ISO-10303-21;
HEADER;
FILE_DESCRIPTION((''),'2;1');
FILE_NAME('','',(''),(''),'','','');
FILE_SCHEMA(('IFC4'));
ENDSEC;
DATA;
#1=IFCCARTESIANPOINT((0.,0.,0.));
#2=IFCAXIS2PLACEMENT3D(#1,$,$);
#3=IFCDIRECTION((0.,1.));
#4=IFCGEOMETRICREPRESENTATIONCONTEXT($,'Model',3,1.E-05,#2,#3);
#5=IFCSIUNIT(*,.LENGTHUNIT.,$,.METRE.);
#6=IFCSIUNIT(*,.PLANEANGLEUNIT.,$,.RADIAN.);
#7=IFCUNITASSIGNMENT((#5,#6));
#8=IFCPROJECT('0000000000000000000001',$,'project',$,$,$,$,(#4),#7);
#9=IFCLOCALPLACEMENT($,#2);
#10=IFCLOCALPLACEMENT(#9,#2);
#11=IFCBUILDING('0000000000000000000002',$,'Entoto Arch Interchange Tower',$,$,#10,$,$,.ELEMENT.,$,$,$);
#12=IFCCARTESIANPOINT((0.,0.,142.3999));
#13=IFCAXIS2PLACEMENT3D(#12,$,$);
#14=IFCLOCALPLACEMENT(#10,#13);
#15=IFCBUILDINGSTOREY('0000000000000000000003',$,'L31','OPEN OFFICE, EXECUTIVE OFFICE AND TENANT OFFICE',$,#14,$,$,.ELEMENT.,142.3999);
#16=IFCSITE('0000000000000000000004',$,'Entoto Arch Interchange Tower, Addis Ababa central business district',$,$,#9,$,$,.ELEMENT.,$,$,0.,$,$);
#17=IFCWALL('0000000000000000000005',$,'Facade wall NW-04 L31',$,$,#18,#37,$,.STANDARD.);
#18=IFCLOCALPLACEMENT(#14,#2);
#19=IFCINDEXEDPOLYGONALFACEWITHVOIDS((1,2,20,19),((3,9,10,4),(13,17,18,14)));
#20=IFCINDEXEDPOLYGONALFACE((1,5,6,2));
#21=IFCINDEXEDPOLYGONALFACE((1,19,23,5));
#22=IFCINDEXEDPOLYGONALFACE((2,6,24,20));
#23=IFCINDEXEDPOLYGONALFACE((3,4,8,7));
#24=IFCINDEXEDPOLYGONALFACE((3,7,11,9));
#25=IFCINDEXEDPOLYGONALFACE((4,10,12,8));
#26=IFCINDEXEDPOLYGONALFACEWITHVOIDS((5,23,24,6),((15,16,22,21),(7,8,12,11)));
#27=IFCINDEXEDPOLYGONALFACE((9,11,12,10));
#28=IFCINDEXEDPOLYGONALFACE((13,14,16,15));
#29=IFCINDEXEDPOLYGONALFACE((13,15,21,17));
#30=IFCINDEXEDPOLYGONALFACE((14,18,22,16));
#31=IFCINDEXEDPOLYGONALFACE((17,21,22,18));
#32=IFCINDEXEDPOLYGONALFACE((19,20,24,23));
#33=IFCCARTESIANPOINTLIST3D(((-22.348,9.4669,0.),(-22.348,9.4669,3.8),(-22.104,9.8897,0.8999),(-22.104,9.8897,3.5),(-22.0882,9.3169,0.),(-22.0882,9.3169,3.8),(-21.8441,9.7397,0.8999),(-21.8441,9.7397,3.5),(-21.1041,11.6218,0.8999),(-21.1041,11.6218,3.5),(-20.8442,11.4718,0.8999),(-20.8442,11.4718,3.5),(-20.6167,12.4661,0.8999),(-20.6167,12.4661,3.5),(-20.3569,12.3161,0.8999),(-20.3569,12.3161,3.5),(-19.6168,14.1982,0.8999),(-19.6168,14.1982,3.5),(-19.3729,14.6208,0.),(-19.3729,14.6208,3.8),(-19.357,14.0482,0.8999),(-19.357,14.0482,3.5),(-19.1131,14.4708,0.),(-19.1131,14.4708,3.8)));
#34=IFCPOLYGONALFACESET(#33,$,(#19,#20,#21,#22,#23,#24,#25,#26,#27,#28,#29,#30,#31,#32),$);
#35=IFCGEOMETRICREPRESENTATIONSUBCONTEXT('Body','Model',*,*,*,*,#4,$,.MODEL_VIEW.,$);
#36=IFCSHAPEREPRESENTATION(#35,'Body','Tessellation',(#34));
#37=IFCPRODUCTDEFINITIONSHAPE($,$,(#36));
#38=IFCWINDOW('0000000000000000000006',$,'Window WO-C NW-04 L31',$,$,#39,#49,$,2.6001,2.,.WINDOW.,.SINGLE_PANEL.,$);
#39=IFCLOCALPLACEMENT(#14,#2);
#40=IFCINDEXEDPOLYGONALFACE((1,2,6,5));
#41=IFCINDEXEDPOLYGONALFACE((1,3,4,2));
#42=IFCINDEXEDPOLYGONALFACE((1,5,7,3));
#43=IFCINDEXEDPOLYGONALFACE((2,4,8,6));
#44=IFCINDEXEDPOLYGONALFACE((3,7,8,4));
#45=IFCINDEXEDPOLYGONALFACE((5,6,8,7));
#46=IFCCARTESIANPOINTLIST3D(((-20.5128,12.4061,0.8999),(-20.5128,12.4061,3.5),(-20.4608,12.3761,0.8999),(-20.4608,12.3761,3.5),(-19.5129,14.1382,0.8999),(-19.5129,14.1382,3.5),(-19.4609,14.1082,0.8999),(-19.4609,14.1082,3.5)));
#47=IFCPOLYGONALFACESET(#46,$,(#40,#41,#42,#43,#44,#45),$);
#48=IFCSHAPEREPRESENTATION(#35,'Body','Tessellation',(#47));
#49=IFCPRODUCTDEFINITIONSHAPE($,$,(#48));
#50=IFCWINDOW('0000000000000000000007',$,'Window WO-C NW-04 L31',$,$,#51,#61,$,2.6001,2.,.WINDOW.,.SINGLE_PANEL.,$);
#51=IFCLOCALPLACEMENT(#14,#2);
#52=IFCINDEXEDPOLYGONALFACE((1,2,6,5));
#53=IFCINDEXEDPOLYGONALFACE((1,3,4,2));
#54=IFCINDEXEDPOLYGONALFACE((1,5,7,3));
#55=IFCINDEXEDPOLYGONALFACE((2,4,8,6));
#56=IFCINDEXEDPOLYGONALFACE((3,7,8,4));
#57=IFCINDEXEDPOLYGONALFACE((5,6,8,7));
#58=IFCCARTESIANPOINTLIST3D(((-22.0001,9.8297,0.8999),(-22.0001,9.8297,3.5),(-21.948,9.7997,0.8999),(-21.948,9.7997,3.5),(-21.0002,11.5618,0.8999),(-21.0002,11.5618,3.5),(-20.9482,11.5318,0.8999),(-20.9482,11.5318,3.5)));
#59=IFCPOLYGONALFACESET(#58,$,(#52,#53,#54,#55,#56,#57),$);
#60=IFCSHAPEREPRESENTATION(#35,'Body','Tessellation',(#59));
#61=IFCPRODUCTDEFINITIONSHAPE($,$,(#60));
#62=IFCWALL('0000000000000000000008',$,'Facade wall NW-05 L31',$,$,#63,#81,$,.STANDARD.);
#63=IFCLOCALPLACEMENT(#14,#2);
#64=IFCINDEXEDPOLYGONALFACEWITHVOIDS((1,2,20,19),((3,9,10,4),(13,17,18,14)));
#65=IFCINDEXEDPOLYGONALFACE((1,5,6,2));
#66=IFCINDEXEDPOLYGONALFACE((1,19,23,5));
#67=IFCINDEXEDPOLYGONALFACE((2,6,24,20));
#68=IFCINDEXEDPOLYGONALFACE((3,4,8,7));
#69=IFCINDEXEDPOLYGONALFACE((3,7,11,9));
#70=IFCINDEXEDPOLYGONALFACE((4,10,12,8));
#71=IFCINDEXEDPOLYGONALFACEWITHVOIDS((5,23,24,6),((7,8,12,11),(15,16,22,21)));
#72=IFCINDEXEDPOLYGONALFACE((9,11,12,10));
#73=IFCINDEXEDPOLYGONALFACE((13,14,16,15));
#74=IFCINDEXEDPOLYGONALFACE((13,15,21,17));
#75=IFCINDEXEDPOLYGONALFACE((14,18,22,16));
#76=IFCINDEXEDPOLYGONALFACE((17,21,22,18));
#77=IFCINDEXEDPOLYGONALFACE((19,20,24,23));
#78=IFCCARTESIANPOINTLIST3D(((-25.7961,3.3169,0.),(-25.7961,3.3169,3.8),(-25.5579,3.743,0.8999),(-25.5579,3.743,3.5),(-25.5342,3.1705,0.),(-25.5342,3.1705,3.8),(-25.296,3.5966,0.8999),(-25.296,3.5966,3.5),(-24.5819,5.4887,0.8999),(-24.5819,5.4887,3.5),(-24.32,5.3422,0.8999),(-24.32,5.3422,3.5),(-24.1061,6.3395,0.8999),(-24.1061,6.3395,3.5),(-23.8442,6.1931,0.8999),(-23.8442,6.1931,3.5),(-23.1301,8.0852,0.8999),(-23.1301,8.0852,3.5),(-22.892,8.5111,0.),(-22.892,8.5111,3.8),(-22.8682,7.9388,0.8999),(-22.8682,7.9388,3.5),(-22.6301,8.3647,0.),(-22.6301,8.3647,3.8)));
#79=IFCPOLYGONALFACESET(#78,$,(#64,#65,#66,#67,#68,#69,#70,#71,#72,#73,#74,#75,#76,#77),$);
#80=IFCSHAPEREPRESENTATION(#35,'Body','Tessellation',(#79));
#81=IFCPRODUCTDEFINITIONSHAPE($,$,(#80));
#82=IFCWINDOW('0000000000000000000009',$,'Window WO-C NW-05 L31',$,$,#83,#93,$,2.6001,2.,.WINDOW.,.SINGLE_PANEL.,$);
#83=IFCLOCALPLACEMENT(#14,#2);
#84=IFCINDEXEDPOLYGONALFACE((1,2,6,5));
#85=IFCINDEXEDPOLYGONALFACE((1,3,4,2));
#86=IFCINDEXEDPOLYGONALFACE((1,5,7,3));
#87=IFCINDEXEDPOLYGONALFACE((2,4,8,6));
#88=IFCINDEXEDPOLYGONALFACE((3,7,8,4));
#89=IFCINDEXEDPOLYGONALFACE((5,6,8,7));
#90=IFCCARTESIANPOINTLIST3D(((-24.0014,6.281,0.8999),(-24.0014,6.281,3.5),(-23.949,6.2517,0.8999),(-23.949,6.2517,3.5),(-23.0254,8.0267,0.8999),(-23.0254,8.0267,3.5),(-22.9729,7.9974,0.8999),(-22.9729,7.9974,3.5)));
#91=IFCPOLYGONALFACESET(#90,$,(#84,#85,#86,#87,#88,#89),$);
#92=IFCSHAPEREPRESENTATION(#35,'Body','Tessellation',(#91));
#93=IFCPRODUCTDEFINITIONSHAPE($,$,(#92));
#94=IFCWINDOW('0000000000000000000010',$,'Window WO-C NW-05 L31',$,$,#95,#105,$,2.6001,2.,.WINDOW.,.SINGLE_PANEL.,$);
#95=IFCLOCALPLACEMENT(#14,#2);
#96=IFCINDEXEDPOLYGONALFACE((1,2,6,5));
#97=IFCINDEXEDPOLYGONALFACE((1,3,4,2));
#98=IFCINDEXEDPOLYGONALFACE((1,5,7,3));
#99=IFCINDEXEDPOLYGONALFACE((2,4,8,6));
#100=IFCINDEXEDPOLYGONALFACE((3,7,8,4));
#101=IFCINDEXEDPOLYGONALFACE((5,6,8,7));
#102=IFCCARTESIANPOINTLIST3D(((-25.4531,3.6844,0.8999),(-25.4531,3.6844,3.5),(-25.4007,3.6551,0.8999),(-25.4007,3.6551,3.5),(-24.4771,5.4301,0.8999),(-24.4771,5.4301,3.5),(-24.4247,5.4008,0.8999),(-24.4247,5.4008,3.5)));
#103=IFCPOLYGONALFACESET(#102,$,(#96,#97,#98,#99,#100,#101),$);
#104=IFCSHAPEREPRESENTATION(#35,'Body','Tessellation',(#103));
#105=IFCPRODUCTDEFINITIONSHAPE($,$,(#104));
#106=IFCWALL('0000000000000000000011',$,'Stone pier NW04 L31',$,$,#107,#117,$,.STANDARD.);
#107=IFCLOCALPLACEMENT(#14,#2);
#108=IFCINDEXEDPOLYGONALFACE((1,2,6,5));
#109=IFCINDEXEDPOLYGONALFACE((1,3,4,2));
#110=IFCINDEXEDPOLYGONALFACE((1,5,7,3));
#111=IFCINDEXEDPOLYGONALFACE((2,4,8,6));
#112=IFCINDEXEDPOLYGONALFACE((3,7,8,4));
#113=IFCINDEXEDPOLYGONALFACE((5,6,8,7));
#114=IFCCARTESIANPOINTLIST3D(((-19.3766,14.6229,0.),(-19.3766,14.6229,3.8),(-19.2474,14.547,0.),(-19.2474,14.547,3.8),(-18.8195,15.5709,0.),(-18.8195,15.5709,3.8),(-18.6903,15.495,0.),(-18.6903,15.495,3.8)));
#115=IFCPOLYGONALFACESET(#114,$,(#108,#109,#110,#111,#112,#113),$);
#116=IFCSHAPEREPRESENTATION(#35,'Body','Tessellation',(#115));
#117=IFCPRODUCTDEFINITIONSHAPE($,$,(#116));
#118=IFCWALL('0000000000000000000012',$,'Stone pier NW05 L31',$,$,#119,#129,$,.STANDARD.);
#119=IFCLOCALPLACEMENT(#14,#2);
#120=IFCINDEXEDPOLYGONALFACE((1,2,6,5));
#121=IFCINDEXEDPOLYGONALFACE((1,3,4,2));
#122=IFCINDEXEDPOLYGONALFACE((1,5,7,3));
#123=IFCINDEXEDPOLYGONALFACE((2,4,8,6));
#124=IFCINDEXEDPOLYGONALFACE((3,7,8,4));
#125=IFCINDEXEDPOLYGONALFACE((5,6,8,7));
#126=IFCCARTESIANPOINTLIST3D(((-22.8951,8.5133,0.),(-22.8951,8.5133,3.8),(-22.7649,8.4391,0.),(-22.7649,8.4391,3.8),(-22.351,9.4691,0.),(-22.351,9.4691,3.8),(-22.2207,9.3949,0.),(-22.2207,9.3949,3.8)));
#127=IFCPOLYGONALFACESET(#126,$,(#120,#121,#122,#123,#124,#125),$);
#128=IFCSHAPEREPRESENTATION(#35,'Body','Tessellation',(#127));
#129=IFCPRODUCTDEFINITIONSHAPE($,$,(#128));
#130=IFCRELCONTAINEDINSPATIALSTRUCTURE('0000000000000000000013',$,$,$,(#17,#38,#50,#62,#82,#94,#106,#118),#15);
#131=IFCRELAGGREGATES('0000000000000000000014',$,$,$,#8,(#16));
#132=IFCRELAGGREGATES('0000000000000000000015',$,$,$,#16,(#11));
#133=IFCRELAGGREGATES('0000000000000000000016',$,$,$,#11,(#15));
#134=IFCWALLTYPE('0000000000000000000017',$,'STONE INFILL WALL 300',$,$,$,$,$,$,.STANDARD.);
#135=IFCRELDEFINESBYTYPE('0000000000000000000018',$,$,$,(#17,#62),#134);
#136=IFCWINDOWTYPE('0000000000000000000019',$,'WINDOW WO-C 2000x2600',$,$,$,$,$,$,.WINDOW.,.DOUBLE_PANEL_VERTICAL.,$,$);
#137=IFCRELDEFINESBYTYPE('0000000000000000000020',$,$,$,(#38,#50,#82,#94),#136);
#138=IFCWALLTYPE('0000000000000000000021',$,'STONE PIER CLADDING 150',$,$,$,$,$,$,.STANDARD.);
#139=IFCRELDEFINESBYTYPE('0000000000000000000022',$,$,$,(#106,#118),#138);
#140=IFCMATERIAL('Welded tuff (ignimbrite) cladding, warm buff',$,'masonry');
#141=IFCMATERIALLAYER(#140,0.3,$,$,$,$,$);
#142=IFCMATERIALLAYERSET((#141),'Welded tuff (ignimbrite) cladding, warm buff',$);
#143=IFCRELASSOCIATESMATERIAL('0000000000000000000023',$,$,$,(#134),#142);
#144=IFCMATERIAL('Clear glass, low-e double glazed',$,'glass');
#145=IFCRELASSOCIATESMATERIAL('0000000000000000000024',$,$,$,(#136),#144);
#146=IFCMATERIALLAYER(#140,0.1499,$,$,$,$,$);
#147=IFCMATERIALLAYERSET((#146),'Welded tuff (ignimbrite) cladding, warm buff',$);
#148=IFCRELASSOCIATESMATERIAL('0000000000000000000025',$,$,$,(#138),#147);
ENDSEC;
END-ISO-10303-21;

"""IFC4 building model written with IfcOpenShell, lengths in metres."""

from ifc_helpers import new_model, si_unit, direction, frame, frame_2d, origin, place, context, subcontext, project, spatial, rectangle, extrude, material, layer, layer_set, type_object, element, fill, save


model = new_model("IFC4")

# Units and contexts
model_context = context("Model", 3, precision=1e-05, world=origin(), true_north=direction((0.0, 1.0)))
body_context = subcontext(model_context, "Body", "Model", "MODEL_VIEW")
ifc_project = project(units=[si_unit("LENGTHUNIT", "METRE"), si_unit("PLANEANGLEUNIT", "RADIAN")], contexts=[model_context])

# Site, building, storey
site_placement = place(None, origin())
site = spatial("IfcSite", under=ifc_project, at=site_placement, Name="Entoto Arch Interchange Tower, Addis Ababa central business district", CompositionType="ELEMENT", RefElevation=0.0)
building_placement = place(site_placement, origin())
building = spatial("IfcBuilding", under=site, at=building_placement, Name="Entoto Arch Interchange Tower", CompositionType="ELEMENT")
storey_placement = place(building_placement, frame((0.0, 0.0, 142.3999)))
storey = spatial("IfcBuildingStorey", under=building, at=storey_placement, Name="L31", Description="OPEN OFFICE, EXECUTIVE OFFICE AND TENANT OFFICE", CompositionType="ELEMENT", Elevation=142.3999)

# Walls, openings, windows
ifc_material_1 = material(Name="Welded tuff (ignimbrite) cladding, warm buff", Category="masonry")
ifc_layer_1 = layer(ifc_material_1, 0.3)
ifc_layer_set_1 = layer_set([ifc_layer_1], Name="Welded tuff (ignimbrite) cladding, warm buff")
wall_type_1 = type_object("IfcWallType", Name="STONE INFILL WALL 300", PredefinedType="STANDARD", material=ifc_layer_set_1)
ifc_material_2 = material(Name="Clear glass, low-e double glazed", Category="glass")
window_type = type_object("IfcWindowType", Name="WINDOW WO-C 2000x2600", PartitioningType="DOUBLE_PANEL_VERTICAL", PredefinedType="WINDOW", material=ifc_material_2)
wall_1_placement = place(storey_placement, frame((-19.2429, 14.5459, 0.0), z_axis=(0.0, 0.0, 1.0), x_axis=(-0.499943, -0.866059, 0.0)))
wall_1 = element("IfcWall", 1, at=wall_1_placement, inside=storey, type_object=wall_type_1, Name="Facade wall NW-04 L31", PredefinedType="STANDARD", context=body_context, shape_type="SweptSolid", body=[
    extrude(rectangle(XDim=5.9509, YDim=0.3, at=frame_2d((2.9756, 0.0))), origin(), (0.0, 0.0, 1.0), 3.8),
])
opening_1_placement = place(wall_1_placement, frame((0.488, 0.0, 0.8999)))
opening_1 = element("IfcOpeningElement", 2, at=opening_1_placement, cuts=wall_1, PredefinedType="OPENING", context=body_context, shape_type="SweptSolid", body=[
    extrude(rectangle(XDim=2.0, YDim=2.6001, at=frame_2d((1.0, 1.3))), frame((0.0, 0.1602, 0.0), z_axis=(0.0, -1.0, 0.0), x_axis=(1.0, 0.0, 0.0)), (0.0, 0.0, 1.0), 0.3201),
])
opening_2_placement = place(wall_1_placement, frame((3.4629, 0.0, 0.8999)))
opening_2 = element("IfcOpeningElement", 3, at=opening_2_placement, cuts=wall_1, PredefinedType="OPENING", context=body_context, shape_type="SweptSolid", body=[
    extrude(rectangle(XDim=2.0, YDim=2.6001, at=frame_2d((1.0, 1.3))), frame((0.0, 0.1602, 0.0), z_axis=(0.0, -1.0, 0.0), x_axis=(1.0, 0.0, 0.0)), (0.0, 0.0, 1.0), 0.3201),
])
window_1_placement = place(opening_1_placement, origin())
window_1 = element("IfcWindow", 4, at=window_1_placement, inside=storey, type_object=window_type, Name="Window WO-C NW-04 L31", OverallHeight=2.6001, OverallWidth=2.0, PartitioningType="SINGLE_PANEL", PredefinedType="WINDOW", context=body_context, shape_type="SweptSolid", body=[
    extrude(rectangle(XDim=2.0, YDim=2.6001, at=frame_2d((1.0, 1.3))), frame((0.0, 0.03, 0.0), z_axis=(0.0, -1.0, 0.0), x_axis=(1.0, 0.0, 0.0)), (0.0, 0.0, 1.0), 0.0601),
])
fill(opening_1, window_1)
window_2_placement = place(opening_2_placement, origin())
window_2 = element("IfcWindow", 5, at=window_2_placement, inside=storey, type_object=window_type, Name="Window WO-C NW-04 L31", OverallHeight=2.6001, OverallWidth=2.0, PartitioningType="SINGLE_PANEL", PredefinedType="WINDOW", context=body_context, shape_type="SweptSolid", body=[
    extrude(rectangle(XDim=2.0, YDim=2.6001, at=frame_2d((1.0, 1.3))), frame((0.0, 0.03, 0.0), z_axis=(0.0, -1.0, 0.0), x_axis=(1.0, 0.0, 0.0)), (0.0, 0.0, 1.0), 0.0601),
])
fill(opening_2, window_2)
wall_2_placement = place(storey_placement, frame((-22.761, 8.438, 0.0), z_axis=(0.0, 0.0, 1.0), x_axis=(-0.48801, -0.872838, 0.0)))
wall_2 = element("IfcWall", 6, at=wall_2_placement, inside=storey, type_object=wall_type_1, Name="Facade wall NW-05 L31", PredefinedType="STANDARD", context=body_context, shape_type="SweptSolid", body=[
    extrude(rectangle(XDim=5.9509, YDim=0.3, at=frame_2d((2.9756, 0.0))), origin(), (0.0, 0.0, 1.0), 3.8),
])
opening_3_placement = place(wall_2_placement, frame((0.488, 0.0, 0.8999)))
opening_3 = element("IfcOpeningElement", 7, at=opening_3_placement, cuts=wall_2, PredefinedType="OPENING", context=body_context, shape_type="SweptSolid", body=[
    extrude(rectangle(XDim=2.0, YDim=2.6001, at=frame_2d((1.0, 1.3))), frame((0.0, 0.1602, 0.0), z_axis=(0.0, -1.0, 0.0), x_axis=(1.0, 0.0, 0.0)), (0.0, 0.0, 1.0), 0.3201),
])
opening_4_placement = place(wall_2_placement, frame((3.4629, 0.0, 0.8999)))
opening_4 = element("IfcOpeningElement", 8, at=opening_4_placement, cuts=wall_2, PredefinedType="OPENING", context=body_context, shape_type="SweptSolid", body=[
    extrude(rectangle(XDim=2.0, YDim=2.6001, at=frame_2d((1.0, 1.3))), frame((0.0, 0.1602, 0.0), z_axis=(0.0, -1.0, 0.0), x_axis=(1.0, 0.0, 0.0)), (0.0, 0.0, 1.0), 0.3201),
])
window_3_placement = place(opening_3_placement, origin())
window_3 = element("IfcWindow", 9, at=window_3_placement, inside=storey, type_object=window_type, Name="Window WO-C NW-05 L31", OverallHeight=2.6001, OverallWidth=2.0, PartitioningType="SINGLE_PANEL", PredefinedType="WINDOW", context=body_context, shape_type="SweptSolid", body=[
    extrude(rectangle(XDim=2.0, YDim=2.6001, at=frame_2d((1.0, 1.3))), frame((0.0, 0.03, 0.0), z_axis=(0.0, -1.0, 0.0), x_axis=(1.0, 0.0, 0.0)), (0.0, 0.0, 1.0), 0.0601),
])
fill(opening_3, window_3)
window_4_placement = place(opening_4_placement, origin())
window_4 = element("IfcWindow", 10, at=window_4_placement, inside=storey, type_object=window_type, Name="Window WO-C NW-05 L31", OverallHeight=2.6001, OverallWidth=2.0, PartitioningType="SINGLE_PANEL", PredefinedType="WINDOW", context=body_context, shape_type="SweptSolid", body=[
    extrude(rectangle(XDim=2.0, YDim=2.6001, at=frame_2d((1.0, 1.3))), frame((0.0, 0.03, 0.0), z_axis=(0.0, -1.0, 0.0), x_axis=(1.0, 0.0, 0.0)), (0.0, 0.0, 1.0), 0.0601),
])
fill(opening_4, window_4)

# Walls
ifc_layer_2 = layer(ifc_material_1, 0.1499)
ifc_layer_set_2 = layer_set([ifc_layer_2], Name="Welded tuff (ignimbrite) cladding, warm buff")
wall_type_2 = type_object("IfcWallType", Name="STONE PIER CLADDING 150", PredefinedType="STANDARD", material=ifc_layer_set_2)
wall_3_placement = place(storey_placement, frame((-18.7549, 15.533, 0.0), z_axis=(0.0, 0.0, 1.0), x_axis=(-0.506671, -0.86214, 0.0)))
element("IfcWall", 11, at=wall_3_placement, inside=storey, type_object=wall_type_2, Name="Stone pier NW04 L31", PredefinedType="STANDARD", context=body_context, shape_type="SweptSolid", body=[
    extrude(rectangle(XDim=1.0996, YDim=0.1499, at=frame_2d((0.5498, 0.0))), origin(), (0.0, 0.0, 1.0), 3.8),
])
wall_4_placement = place(storey_placement, frame((-22.2859, 9.4319, 0.0), z_axis=(0.0, 0.0, 1.0), x_axis=(-0.494776, -0.869021, 0.0)))
element("IfcWall", 12, at=wall_4_placement, inside=storey, type_object=wall_type_2, Name="Stone pier NW05 L31", PredefinedType="STANDARD", context=body_context, shape_type="SweptSolid", body=[
    extrude(rectangle(XDim=1.0999, YDim=0.1499, at=frame_2d((0.5498, 0.0))), origin(), (0.0, 0.0, 1.0), 3.8),
])

save(model, "model.ifc")
